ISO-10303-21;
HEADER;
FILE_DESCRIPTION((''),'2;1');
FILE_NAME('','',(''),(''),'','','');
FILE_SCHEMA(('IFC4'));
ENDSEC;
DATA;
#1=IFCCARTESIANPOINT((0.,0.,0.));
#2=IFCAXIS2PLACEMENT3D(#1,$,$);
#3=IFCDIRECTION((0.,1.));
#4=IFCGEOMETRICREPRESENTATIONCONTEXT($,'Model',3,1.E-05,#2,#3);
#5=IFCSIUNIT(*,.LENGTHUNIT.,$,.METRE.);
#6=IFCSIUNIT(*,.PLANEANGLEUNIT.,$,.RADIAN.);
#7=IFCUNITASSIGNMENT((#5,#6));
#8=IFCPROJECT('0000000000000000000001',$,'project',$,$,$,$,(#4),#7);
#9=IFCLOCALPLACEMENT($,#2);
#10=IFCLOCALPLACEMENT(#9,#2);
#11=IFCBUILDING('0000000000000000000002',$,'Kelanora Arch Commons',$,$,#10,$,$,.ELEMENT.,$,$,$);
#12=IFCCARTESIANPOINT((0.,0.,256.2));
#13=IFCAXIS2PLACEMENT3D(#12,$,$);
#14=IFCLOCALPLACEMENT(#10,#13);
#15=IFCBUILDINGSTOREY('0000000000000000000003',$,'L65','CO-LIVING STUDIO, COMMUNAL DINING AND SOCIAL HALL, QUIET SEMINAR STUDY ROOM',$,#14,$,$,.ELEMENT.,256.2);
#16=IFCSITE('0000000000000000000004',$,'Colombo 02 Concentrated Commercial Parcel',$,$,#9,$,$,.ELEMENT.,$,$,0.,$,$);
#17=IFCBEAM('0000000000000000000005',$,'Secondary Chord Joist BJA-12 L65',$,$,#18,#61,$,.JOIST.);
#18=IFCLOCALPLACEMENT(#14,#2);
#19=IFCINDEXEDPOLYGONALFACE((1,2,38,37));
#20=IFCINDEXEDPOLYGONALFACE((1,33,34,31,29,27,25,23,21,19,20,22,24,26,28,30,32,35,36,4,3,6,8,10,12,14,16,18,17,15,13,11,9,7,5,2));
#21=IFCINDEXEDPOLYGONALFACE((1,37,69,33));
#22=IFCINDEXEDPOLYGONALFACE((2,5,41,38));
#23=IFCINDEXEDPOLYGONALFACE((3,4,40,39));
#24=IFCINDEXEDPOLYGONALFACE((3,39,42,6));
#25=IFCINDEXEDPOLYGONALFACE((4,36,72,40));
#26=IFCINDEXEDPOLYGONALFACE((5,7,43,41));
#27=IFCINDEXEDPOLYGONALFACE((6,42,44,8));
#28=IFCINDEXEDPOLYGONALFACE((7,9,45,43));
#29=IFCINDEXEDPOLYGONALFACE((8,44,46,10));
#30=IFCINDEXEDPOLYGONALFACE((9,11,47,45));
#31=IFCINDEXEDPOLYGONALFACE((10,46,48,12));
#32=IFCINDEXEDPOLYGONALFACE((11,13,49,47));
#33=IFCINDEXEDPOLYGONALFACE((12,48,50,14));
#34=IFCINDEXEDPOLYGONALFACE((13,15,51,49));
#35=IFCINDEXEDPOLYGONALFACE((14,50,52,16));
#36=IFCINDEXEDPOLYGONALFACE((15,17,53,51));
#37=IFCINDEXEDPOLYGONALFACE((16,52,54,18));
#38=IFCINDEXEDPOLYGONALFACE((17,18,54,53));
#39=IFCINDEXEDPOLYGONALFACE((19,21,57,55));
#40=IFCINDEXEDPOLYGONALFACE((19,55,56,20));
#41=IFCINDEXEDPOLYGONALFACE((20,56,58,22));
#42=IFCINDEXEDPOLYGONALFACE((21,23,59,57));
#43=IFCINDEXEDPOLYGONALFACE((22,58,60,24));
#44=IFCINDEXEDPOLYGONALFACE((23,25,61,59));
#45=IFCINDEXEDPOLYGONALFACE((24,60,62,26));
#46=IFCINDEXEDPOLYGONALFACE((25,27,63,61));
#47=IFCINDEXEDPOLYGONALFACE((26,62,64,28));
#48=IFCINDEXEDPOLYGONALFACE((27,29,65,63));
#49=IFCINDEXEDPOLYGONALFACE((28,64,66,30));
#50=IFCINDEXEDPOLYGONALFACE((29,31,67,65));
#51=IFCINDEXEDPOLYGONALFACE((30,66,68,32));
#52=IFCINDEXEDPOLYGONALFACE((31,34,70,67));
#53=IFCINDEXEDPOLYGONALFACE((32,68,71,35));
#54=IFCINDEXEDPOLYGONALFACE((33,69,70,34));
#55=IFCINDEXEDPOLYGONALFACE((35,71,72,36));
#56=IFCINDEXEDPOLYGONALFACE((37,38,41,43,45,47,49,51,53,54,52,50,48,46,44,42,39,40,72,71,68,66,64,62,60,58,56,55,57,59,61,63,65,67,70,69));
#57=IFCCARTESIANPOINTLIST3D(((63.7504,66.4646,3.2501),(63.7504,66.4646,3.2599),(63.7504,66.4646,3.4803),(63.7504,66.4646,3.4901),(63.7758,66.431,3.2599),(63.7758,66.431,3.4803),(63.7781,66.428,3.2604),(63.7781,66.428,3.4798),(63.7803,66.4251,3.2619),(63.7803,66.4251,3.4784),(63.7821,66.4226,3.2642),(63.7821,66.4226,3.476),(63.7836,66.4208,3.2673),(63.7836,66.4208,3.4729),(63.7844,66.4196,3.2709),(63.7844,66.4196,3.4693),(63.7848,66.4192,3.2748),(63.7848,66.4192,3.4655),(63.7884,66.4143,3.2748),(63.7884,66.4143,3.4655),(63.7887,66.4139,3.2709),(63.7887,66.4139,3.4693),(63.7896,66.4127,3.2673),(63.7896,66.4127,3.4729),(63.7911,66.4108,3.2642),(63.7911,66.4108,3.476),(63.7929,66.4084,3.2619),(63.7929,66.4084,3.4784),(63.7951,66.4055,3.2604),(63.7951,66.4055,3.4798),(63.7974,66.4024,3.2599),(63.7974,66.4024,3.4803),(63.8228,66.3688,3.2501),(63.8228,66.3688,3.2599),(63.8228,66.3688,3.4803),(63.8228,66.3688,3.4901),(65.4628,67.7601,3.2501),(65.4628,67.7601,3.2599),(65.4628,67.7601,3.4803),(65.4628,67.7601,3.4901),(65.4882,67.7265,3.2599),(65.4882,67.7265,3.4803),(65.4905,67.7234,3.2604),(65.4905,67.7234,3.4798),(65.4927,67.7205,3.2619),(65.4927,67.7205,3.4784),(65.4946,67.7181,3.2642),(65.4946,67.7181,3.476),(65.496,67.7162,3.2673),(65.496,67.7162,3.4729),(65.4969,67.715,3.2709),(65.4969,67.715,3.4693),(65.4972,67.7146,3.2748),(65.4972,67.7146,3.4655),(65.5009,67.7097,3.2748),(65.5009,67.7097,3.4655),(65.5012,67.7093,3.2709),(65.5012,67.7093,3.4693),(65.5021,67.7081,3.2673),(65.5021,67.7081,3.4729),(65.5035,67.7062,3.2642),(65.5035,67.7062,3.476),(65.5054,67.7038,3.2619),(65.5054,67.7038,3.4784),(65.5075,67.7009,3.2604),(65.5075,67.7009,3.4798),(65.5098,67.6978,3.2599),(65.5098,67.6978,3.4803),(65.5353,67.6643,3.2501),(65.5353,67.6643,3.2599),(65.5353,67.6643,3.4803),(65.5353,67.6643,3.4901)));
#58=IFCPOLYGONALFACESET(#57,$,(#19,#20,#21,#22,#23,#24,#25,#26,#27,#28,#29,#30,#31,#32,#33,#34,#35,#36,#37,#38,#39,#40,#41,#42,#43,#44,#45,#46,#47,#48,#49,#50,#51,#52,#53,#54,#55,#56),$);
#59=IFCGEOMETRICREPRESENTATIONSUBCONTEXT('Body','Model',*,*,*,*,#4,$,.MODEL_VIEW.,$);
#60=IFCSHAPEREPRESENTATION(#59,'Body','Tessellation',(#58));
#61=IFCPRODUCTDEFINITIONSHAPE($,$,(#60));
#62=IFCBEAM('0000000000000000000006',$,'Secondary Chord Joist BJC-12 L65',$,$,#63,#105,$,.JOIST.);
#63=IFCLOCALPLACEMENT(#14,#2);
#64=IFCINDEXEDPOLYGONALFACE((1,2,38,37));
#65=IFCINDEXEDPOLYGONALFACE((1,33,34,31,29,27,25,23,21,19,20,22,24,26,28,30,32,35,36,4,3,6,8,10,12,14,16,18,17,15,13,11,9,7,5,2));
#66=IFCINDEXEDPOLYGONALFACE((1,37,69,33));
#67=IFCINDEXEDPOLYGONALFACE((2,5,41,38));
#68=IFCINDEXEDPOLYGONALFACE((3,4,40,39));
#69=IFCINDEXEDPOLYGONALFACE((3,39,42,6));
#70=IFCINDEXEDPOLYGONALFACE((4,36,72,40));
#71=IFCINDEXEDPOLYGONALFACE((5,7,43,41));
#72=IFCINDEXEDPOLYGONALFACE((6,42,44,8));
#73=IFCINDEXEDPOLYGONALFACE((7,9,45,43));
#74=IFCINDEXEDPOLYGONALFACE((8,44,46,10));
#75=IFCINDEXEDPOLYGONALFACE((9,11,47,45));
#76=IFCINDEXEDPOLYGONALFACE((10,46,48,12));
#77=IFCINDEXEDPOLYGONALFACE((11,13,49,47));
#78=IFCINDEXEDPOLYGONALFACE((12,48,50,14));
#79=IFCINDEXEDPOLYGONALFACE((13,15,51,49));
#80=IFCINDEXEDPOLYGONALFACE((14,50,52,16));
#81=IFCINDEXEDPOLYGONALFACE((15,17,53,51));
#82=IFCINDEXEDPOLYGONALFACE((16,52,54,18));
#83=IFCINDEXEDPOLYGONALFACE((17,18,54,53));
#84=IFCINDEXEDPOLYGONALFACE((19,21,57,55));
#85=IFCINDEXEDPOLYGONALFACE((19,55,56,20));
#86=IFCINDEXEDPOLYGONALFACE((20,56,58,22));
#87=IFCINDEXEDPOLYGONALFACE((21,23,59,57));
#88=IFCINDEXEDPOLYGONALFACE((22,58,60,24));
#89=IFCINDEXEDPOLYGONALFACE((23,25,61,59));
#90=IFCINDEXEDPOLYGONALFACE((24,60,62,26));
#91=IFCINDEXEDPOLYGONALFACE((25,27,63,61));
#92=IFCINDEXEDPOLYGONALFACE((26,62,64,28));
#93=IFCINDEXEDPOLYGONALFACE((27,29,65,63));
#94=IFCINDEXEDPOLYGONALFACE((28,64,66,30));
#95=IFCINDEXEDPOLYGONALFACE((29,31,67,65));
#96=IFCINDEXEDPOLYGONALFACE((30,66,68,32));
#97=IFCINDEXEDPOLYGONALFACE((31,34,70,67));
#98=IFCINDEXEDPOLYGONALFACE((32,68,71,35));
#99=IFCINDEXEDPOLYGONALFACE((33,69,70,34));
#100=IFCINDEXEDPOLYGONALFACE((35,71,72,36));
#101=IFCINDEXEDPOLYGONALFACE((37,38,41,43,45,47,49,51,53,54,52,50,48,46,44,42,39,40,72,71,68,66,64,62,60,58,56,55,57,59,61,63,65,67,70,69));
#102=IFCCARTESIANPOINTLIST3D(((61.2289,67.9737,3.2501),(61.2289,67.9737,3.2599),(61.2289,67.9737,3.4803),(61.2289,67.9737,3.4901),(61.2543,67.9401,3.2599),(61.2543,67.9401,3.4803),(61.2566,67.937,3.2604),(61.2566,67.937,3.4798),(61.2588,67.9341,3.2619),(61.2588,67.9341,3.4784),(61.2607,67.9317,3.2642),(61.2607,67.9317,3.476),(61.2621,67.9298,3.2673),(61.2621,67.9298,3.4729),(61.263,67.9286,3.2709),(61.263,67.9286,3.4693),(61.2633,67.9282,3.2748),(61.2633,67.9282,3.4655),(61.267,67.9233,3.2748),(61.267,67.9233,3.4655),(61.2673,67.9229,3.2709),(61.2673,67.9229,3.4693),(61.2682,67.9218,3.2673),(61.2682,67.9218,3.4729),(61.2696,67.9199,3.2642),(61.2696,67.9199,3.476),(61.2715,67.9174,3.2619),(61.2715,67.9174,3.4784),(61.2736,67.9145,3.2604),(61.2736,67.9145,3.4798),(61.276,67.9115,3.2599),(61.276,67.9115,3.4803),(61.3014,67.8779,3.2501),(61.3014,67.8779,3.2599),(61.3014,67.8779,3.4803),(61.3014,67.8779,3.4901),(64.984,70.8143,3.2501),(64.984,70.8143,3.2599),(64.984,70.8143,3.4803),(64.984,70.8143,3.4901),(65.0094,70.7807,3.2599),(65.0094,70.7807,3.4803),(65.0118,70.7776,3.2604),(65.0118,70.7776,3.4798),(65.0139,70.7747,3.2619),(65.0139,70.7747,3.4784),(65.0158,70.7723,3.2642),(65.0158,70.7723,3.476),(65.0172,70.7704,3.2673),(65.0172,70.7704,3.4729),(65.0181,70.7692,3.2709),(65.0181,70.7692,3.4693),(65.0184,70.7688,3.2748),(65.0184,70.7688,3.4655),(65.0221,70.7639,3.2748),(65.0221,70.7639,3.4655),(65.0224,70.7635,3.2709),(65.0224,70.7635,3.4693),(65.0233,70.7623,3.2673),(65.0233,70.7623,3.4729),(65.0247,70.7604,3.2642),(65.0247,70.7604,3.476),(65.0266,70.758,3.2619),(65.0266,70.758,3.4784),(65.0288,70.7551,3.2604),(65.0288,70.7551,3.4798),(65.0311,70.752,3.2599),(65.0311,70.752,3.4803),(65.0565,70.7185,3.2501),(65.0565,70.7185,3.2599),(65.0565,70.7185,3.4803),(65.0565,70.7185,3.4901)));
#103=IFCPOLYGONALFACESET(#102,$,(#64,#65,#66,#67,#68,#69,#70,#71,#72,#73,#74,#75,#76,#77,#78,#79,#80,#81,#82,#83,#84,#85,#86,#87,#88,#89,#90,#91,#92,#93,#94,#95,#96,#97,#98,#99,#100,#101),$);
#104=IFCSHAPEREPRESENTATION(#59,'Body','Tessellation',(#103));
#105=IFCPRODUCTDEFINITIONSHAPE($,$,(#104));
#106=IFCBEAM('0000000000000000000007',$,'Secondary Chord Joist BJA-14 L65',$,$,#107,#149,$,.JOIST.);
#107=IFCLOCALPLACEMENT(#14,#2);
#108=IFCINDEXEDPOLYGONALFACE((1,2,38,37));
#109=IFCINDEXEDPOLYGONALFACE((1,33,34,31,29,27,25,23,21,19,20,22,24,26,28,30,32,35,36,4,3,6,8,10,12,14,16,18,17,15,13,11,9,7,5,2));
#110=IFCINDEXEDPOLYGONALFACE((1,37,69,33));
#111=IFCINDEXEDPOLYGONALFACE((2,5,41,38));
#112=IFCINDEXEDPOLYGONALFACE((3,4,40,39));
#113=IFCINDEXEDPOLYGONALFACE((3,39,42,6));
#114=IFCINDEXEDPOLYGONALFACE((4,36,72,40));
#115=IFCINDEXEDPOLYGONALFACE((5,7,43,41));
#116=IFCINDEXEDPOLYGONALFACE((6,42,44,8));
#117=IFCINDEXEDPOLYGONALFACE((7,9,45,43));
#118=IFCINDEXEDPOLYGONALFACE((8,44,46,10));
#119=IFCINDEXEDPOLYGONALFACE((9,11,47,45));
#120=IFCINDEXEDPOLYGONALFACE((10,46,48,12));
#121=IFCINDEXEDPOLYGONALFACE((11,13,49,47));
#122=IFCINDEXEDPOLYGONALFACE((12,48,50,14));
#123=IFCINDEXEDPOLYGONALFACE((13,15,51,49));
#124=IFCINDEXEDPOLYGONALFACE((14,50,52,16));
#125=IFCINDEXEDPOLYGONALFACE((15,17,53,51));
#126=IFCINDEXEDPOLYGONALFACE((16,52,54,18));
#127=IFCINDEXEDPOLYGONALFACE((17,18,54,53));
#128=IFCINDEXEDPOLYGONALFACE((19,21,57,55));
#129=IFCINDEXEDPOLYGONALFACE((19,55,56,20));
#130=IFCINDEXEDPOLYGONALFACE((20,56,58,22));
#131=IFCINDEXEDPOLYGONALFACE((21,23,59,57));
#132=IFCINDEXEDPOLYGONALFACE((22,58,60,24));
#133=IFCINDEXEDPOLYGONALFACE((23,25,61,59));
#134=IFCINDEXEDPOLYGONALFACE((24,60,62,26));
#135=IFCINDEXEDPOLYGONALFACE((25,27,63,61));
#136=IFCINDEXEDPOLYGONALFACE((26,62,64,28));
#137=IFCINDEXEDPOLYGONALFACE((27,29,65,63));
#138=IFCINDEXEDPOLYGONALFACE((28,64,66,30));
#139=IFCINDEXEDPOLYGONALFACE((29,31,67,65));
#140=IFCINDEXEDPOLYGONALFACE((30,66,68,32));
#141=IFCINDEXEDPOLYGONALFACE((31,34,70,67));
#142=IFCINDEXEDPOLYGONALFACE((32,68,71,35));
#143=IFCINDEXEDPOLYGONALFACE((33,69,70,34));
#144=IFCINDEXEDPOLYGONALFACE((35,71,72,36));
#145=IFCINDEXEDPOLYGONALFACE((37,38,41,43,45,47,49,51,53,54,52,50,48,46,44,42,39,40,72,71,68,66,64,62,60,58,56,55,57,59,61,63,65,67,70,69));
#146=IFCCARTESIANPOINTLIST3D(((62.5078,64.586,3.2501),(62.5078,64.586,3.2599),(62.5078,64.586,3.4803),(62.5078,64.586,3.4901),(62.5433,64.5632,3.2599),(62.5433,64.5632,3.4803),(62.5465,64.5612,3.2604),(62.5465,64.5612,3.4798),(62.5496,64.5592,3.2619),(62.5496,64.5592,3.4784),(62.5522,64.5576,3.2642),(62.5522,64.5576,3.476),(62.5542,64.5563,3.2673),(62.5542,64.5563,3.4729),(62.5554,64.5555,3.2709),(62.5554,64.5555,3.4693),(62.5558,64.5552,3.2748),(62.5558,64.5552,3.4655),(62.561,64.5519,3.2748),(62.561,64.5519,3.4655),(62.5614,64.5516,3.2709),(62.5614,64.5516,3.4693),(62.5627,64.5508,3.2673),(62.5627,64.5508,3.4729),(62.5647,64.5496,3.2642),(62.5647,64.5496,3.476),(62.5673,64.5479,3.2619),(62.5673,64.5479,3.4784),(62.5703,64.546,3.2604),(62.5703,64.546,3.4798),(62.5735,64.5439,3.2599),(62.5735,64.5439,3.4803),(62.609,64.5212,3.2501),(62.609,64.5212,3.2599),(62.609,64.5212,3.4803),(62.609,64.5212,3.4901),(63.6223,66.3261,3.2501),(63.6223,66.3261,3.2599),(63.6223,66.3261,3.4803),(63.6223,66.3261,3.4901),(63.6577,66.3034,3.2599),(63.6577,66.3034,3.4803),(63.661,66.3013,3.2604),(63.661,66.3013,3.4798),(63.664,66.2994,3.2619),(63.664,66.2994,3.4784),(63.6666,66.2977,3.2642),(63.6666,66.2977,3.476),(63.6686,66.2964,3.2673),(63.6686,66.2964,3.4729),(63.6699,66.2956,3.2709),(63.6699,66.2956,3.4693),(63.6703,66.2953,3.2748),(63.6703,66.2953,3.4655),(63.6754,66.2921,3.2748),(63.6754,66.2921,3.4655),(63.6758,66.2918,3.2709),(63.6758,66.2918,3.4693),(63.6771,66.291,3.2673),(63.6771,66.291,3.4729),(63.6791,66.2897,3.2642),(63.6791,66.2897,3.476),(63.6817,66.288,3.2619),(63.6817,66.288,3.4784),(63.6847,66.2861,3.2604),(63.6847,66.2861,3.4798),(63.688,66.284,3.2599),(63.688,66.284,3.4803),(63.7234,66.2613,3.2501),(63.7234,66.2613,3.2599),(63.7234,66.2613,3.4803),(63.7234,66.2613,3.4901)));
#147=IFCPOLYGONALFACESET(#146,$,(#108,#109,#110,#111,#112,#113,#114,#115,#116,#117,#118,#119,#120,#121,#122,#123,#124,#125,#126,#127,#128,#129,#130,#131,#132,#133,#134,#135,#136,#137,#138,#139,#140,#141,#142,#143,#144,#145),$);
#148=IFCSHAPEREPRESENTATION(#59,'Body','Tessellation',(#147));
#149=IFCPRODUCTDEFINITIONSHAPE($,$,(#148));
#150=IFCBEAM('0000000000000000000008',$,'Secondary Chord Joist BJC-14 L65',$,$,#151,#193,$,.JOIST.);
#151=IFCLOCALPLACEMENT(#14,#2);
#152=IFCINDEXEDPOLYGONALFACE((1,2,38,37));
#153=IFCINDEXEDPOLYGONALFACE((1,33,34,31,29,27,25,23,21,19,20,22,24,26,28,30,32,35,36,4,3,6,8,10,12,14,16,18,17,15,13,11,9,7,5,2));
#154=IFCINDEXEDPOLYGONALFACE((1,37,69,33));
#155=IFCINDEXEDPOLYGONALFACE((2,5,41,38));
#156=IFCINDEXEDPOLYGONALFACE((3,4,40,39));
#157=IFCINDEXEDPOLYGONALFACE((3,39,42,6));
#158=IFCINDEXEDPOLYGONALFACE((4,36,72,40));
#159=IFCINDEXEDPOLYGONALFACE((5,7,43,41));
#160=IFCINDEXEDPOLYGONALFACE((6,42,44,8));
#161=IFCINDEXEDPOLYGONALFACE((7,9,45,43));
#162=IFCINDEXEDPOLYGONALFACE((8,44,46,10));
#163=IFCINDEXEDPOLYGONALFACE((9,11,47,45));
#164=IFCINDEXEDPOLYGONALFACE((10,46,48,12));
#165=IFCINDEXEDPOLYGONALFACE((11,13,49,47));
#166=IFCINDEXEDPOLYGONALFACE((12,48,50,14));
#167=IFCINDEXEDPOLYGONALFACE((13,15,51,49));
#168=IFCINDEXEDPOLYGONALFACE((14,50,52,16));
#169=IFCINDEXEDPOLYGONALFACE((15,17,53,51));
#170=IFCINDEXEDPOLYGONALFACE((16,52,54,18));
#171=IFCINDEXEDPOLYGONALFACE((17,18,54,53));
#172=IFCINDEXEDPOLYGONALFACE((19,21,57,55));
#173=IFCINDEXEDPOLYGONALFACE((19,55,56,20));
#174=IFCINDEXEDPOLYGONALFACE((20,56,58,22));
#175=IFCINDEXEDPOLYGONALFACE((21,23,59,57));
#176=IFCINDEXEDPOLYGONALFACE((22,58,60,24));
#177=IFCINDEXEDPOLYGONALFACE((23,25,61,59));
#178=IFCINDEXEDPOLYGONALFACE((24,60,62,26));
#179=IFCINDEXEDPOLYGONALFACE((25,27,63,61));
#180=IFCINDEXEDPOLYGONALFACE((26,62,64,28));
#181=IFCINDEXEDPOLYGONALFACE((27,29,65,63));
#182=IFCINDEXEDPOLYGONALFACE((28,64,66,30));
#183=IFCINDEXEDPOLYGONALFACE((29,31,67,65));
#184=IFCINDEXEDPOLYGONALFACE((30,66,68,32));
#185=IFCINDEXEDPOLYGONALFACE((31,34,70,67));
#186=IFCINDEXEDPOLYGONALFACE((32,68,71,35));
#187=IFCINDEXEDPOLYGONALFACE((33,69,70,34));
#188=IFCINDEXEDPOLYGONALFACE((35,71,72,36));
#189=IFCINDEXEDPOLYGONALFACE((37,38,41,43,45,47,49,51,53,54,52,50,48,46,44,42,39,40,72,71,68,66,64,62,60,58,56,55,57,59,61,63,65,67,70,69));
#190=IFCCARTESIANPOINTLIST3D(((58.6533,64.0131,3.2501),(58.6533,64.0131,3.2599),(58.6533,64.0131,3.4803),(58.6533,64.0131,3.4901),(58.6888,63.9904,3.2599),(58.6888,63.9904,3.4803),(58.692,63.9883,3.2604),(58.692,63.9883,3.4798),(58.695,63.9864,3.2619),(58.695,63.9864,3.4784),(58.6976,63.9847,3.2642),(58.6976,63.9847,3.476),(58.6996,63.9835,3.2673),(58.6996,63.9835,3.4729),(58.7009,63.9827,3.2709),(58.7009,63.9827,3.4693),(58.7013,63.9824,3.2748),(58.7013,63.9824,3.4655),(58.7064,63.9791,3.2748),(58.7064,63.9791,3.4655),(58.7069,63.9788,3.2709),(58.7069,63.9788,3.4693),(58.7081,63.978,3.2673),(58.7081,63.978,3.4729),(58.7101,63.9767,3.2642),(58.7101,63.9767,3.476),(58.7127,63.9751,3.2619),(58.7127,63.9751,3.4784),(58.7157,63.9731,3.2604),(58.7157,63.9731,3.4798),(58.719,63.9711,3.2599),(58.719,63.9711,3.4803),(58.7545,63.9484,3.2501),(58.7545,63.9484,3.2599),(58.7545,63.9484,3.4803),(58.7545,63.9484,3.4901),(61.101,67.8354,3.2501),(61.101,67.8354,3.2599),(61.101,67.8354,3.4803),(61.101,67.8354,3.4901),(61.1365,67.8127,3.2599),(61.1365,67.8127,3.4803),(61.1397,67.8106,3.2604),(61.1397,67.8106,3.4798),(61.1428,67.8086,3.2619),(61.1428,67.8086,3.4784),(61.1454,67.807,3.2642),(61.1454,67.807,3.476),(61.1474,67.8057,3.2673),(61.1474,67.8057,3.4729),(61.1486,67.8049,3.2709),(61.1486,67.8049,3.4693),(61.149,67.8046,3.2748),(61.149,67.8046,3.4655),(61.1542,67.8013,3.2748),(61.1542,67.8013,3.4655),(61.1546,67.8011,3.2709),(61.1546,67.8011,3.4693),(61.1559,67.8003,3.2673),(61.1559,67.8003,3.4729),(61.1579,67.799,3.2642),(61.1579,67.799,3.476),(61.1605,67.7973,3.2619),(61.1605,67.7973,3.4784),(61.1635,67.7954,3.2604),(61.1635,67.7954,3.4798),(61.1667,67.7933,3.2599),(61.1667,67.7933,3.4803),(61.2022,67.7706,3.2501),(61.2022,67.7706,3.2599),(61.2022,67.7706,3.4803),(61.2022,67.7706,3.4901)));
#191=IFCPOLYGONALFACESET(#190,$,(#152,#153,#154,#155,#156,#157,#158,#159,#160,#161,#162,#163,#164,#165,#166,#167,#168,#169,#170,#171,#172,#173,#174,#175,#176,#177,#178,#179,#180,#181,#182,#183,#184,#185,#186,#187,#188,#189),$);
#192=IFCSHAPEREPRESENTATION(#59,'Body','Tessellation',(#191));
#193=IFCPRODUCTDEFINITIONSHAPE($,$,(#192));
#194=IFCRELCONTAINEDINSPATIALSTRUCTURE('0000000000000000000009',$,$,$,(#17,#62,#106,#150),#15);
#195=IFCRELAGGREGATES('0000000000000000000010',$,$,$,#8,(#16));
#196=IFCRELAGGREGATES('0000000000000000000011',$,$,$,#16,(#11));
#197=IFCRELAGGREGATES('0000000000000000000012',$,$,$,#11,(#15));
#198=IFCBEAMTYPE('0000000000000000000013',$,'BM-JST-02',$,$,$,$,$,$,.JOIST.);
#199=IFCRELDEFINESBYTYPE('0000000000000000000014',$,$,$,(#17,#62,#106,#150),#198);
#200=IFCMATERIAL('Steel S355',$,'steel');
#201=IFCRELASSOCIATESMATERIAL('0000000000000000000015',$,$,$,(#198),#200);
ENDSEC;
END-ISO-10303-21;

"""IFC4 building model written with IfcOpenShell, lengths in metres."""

from ifc_helpers import new_model, si_unit, direction, frame, origin, origin_2d, place, context, subcontext, project, spatial, i_section, extrude, material, material_profile, profile_set, type_object, element, save


model = new_model("IFC4")

# Units and contexts
model_context = context("Model", 3, precision=1e-05, world=origin(), true_north=direction((0.0, 1.0)))
body_context = subcontext(model_context, "Body", "Model", "MODEL_VIEW")
ifc_project = project(units=[si_unit("LENGTHUNIT", "METRE"), si_unit("PLANEANGLEUNIT", "RADIAN")], contexts=[model_context])

# Site, building, storey
site_placement = place(None, origin())
site = spatial("IfcSite", under=ifc_project, at=site_placement, Name="Colombo 02 Concentrated Commercial Parcel", CompositionType="ELEMENT", RefElevation=0.0)
building_placement = place(site_placement, origin())
building = spatial("IfcBuilding", under=site, at=building_placement, Name="Kelanora Arch Commons", CompositionType="ELEMENT")
storey_placement = place(building_placement, frame((0.0, 0.0, 256.2)))
storey = spatial("IfcBuildingStorey", under=building, at=storey_placement, Name="L65", Description="CO-LIVING STUDIO, COMMUNAL DINING AND SOCIAL HALL, QUIET SEMINAR STUDY ROOM", CompositionType="ELEMENT", Elevation=256.2)

# Beams
ifc_material_1 = material(Name="Steel S355", Category="steel")
ifc_material_profile_1 = material_profile(ifc_material_1, i_section(OverallWidth=0.1201, OverallDepth=0.24, WebThickness=0.0061, FlangeThickness=0.0098, FilletRadius=0.0149, at=origin_2d()), Name="IPE240")
ifc_profile_set_1 = profile_set([ifc_material_profile_1], Name="Steel S355")
beam_type_1 = type_object("IfcBeamType", Name="BM-JST-02", PredefinedType="JOIST", material=ifc_profile_set_1)
beam_1_placement = place(storey_placement, frame((65.499, 67.7122, 3.3701), z_axis=(-0.79751, -0.603306, 0.0), x_axis=(0.603306, -0.79751, 0.0)))
element("IfcBeam", 1, at=beam_1_placement, inside=storey, type_object=beam_type_1, Name="Secondary Chord Joist BJA-12 L65", PredefinedType="JOIST", context=body_context, shape_type="SweptSolid", body=[
    extrude(i_section(OverallWidth=0.1201, OverallDepth=0.24, WebThickness=0.0061, FlangeThickness=0.0098, FilletRadius=0.0149, at=origin_2d()), origin(), (0.0, 0.0, 1.0), 2.1472),
])
beam_2_placement = place(storey_placement, frame((65.0203, 70.7664, 3.3701), z_axis=(-0.797523, -0.603289, 0.0), x_axis=(0.603289, -0.797523, 0.0)))
element("IfcBeam", 2, at=beam_2_placement, inside=storey, type_object=beam_type_1, Name="Secondary Chord Joist BJC-12 L65", PredefinedType="JOIST", context=body_context, shape_type="SweptSolid", body=[
    extrude(i_section(OverallWidth=0.1201, OverallDepth=0.24, WebThickness=0.0061, FlangeThickness=0.0098, FilletRadius=0.0149, at=origin_2d()), origin(), (0.0, 0.0, 1.0), 4.7085),
])
beam_3_placement = place(storey_placement, frame((63.6729, 66.2937, 3.3701), z_axis=(-0.539312, -0.842106, 0.0), x_axis=(0.842106, -0.539312, 0.0)))
element("IfcBeam", 3, at=beam_3_placement, inside=storey, type_object=beam_type_1, Name="Secondary Chord Joist BJA-14 L65", PredefinedType="JOIST", context=body_context, shape_type="SweptSolid", body=[
    extrude(i_section(OverallWidth=0.1201, OverallDepth=0.24, WebThickness=0.0061, FlangeThickness=0.0098, FilletRadius=0.0149, at=origin_2d()), origin(), (0.0, 0.0, 1.0), 2.0664),
])
beam_4_placement = place(storey_placement, frame((61.1516, 67.803, 3.3701), z_axis=(-0.539289, -0.842121, 0.0), x_axis=(0.842121, -0.539289, 0.0)))
element("IfcBeam", 4, at=beam_4_placement, inside=storey, type_object=beam_type_1, Name="Secondary Chord Joist BJC-14 L65", PredefinedType="JOIST", context=body_context, shape_type="SweptSolid", body=[
    extrude(i_section(OverallWidth=0.1201, OverallDepth=0.24, WebThickness=0.0061, FlangeThickness=0.0098, FilletRadius=0.0149, at=origin_2d()), origin(), (0.0, 0.0, 1.0), 4.5388),
])

save(model, "model.ifc")
